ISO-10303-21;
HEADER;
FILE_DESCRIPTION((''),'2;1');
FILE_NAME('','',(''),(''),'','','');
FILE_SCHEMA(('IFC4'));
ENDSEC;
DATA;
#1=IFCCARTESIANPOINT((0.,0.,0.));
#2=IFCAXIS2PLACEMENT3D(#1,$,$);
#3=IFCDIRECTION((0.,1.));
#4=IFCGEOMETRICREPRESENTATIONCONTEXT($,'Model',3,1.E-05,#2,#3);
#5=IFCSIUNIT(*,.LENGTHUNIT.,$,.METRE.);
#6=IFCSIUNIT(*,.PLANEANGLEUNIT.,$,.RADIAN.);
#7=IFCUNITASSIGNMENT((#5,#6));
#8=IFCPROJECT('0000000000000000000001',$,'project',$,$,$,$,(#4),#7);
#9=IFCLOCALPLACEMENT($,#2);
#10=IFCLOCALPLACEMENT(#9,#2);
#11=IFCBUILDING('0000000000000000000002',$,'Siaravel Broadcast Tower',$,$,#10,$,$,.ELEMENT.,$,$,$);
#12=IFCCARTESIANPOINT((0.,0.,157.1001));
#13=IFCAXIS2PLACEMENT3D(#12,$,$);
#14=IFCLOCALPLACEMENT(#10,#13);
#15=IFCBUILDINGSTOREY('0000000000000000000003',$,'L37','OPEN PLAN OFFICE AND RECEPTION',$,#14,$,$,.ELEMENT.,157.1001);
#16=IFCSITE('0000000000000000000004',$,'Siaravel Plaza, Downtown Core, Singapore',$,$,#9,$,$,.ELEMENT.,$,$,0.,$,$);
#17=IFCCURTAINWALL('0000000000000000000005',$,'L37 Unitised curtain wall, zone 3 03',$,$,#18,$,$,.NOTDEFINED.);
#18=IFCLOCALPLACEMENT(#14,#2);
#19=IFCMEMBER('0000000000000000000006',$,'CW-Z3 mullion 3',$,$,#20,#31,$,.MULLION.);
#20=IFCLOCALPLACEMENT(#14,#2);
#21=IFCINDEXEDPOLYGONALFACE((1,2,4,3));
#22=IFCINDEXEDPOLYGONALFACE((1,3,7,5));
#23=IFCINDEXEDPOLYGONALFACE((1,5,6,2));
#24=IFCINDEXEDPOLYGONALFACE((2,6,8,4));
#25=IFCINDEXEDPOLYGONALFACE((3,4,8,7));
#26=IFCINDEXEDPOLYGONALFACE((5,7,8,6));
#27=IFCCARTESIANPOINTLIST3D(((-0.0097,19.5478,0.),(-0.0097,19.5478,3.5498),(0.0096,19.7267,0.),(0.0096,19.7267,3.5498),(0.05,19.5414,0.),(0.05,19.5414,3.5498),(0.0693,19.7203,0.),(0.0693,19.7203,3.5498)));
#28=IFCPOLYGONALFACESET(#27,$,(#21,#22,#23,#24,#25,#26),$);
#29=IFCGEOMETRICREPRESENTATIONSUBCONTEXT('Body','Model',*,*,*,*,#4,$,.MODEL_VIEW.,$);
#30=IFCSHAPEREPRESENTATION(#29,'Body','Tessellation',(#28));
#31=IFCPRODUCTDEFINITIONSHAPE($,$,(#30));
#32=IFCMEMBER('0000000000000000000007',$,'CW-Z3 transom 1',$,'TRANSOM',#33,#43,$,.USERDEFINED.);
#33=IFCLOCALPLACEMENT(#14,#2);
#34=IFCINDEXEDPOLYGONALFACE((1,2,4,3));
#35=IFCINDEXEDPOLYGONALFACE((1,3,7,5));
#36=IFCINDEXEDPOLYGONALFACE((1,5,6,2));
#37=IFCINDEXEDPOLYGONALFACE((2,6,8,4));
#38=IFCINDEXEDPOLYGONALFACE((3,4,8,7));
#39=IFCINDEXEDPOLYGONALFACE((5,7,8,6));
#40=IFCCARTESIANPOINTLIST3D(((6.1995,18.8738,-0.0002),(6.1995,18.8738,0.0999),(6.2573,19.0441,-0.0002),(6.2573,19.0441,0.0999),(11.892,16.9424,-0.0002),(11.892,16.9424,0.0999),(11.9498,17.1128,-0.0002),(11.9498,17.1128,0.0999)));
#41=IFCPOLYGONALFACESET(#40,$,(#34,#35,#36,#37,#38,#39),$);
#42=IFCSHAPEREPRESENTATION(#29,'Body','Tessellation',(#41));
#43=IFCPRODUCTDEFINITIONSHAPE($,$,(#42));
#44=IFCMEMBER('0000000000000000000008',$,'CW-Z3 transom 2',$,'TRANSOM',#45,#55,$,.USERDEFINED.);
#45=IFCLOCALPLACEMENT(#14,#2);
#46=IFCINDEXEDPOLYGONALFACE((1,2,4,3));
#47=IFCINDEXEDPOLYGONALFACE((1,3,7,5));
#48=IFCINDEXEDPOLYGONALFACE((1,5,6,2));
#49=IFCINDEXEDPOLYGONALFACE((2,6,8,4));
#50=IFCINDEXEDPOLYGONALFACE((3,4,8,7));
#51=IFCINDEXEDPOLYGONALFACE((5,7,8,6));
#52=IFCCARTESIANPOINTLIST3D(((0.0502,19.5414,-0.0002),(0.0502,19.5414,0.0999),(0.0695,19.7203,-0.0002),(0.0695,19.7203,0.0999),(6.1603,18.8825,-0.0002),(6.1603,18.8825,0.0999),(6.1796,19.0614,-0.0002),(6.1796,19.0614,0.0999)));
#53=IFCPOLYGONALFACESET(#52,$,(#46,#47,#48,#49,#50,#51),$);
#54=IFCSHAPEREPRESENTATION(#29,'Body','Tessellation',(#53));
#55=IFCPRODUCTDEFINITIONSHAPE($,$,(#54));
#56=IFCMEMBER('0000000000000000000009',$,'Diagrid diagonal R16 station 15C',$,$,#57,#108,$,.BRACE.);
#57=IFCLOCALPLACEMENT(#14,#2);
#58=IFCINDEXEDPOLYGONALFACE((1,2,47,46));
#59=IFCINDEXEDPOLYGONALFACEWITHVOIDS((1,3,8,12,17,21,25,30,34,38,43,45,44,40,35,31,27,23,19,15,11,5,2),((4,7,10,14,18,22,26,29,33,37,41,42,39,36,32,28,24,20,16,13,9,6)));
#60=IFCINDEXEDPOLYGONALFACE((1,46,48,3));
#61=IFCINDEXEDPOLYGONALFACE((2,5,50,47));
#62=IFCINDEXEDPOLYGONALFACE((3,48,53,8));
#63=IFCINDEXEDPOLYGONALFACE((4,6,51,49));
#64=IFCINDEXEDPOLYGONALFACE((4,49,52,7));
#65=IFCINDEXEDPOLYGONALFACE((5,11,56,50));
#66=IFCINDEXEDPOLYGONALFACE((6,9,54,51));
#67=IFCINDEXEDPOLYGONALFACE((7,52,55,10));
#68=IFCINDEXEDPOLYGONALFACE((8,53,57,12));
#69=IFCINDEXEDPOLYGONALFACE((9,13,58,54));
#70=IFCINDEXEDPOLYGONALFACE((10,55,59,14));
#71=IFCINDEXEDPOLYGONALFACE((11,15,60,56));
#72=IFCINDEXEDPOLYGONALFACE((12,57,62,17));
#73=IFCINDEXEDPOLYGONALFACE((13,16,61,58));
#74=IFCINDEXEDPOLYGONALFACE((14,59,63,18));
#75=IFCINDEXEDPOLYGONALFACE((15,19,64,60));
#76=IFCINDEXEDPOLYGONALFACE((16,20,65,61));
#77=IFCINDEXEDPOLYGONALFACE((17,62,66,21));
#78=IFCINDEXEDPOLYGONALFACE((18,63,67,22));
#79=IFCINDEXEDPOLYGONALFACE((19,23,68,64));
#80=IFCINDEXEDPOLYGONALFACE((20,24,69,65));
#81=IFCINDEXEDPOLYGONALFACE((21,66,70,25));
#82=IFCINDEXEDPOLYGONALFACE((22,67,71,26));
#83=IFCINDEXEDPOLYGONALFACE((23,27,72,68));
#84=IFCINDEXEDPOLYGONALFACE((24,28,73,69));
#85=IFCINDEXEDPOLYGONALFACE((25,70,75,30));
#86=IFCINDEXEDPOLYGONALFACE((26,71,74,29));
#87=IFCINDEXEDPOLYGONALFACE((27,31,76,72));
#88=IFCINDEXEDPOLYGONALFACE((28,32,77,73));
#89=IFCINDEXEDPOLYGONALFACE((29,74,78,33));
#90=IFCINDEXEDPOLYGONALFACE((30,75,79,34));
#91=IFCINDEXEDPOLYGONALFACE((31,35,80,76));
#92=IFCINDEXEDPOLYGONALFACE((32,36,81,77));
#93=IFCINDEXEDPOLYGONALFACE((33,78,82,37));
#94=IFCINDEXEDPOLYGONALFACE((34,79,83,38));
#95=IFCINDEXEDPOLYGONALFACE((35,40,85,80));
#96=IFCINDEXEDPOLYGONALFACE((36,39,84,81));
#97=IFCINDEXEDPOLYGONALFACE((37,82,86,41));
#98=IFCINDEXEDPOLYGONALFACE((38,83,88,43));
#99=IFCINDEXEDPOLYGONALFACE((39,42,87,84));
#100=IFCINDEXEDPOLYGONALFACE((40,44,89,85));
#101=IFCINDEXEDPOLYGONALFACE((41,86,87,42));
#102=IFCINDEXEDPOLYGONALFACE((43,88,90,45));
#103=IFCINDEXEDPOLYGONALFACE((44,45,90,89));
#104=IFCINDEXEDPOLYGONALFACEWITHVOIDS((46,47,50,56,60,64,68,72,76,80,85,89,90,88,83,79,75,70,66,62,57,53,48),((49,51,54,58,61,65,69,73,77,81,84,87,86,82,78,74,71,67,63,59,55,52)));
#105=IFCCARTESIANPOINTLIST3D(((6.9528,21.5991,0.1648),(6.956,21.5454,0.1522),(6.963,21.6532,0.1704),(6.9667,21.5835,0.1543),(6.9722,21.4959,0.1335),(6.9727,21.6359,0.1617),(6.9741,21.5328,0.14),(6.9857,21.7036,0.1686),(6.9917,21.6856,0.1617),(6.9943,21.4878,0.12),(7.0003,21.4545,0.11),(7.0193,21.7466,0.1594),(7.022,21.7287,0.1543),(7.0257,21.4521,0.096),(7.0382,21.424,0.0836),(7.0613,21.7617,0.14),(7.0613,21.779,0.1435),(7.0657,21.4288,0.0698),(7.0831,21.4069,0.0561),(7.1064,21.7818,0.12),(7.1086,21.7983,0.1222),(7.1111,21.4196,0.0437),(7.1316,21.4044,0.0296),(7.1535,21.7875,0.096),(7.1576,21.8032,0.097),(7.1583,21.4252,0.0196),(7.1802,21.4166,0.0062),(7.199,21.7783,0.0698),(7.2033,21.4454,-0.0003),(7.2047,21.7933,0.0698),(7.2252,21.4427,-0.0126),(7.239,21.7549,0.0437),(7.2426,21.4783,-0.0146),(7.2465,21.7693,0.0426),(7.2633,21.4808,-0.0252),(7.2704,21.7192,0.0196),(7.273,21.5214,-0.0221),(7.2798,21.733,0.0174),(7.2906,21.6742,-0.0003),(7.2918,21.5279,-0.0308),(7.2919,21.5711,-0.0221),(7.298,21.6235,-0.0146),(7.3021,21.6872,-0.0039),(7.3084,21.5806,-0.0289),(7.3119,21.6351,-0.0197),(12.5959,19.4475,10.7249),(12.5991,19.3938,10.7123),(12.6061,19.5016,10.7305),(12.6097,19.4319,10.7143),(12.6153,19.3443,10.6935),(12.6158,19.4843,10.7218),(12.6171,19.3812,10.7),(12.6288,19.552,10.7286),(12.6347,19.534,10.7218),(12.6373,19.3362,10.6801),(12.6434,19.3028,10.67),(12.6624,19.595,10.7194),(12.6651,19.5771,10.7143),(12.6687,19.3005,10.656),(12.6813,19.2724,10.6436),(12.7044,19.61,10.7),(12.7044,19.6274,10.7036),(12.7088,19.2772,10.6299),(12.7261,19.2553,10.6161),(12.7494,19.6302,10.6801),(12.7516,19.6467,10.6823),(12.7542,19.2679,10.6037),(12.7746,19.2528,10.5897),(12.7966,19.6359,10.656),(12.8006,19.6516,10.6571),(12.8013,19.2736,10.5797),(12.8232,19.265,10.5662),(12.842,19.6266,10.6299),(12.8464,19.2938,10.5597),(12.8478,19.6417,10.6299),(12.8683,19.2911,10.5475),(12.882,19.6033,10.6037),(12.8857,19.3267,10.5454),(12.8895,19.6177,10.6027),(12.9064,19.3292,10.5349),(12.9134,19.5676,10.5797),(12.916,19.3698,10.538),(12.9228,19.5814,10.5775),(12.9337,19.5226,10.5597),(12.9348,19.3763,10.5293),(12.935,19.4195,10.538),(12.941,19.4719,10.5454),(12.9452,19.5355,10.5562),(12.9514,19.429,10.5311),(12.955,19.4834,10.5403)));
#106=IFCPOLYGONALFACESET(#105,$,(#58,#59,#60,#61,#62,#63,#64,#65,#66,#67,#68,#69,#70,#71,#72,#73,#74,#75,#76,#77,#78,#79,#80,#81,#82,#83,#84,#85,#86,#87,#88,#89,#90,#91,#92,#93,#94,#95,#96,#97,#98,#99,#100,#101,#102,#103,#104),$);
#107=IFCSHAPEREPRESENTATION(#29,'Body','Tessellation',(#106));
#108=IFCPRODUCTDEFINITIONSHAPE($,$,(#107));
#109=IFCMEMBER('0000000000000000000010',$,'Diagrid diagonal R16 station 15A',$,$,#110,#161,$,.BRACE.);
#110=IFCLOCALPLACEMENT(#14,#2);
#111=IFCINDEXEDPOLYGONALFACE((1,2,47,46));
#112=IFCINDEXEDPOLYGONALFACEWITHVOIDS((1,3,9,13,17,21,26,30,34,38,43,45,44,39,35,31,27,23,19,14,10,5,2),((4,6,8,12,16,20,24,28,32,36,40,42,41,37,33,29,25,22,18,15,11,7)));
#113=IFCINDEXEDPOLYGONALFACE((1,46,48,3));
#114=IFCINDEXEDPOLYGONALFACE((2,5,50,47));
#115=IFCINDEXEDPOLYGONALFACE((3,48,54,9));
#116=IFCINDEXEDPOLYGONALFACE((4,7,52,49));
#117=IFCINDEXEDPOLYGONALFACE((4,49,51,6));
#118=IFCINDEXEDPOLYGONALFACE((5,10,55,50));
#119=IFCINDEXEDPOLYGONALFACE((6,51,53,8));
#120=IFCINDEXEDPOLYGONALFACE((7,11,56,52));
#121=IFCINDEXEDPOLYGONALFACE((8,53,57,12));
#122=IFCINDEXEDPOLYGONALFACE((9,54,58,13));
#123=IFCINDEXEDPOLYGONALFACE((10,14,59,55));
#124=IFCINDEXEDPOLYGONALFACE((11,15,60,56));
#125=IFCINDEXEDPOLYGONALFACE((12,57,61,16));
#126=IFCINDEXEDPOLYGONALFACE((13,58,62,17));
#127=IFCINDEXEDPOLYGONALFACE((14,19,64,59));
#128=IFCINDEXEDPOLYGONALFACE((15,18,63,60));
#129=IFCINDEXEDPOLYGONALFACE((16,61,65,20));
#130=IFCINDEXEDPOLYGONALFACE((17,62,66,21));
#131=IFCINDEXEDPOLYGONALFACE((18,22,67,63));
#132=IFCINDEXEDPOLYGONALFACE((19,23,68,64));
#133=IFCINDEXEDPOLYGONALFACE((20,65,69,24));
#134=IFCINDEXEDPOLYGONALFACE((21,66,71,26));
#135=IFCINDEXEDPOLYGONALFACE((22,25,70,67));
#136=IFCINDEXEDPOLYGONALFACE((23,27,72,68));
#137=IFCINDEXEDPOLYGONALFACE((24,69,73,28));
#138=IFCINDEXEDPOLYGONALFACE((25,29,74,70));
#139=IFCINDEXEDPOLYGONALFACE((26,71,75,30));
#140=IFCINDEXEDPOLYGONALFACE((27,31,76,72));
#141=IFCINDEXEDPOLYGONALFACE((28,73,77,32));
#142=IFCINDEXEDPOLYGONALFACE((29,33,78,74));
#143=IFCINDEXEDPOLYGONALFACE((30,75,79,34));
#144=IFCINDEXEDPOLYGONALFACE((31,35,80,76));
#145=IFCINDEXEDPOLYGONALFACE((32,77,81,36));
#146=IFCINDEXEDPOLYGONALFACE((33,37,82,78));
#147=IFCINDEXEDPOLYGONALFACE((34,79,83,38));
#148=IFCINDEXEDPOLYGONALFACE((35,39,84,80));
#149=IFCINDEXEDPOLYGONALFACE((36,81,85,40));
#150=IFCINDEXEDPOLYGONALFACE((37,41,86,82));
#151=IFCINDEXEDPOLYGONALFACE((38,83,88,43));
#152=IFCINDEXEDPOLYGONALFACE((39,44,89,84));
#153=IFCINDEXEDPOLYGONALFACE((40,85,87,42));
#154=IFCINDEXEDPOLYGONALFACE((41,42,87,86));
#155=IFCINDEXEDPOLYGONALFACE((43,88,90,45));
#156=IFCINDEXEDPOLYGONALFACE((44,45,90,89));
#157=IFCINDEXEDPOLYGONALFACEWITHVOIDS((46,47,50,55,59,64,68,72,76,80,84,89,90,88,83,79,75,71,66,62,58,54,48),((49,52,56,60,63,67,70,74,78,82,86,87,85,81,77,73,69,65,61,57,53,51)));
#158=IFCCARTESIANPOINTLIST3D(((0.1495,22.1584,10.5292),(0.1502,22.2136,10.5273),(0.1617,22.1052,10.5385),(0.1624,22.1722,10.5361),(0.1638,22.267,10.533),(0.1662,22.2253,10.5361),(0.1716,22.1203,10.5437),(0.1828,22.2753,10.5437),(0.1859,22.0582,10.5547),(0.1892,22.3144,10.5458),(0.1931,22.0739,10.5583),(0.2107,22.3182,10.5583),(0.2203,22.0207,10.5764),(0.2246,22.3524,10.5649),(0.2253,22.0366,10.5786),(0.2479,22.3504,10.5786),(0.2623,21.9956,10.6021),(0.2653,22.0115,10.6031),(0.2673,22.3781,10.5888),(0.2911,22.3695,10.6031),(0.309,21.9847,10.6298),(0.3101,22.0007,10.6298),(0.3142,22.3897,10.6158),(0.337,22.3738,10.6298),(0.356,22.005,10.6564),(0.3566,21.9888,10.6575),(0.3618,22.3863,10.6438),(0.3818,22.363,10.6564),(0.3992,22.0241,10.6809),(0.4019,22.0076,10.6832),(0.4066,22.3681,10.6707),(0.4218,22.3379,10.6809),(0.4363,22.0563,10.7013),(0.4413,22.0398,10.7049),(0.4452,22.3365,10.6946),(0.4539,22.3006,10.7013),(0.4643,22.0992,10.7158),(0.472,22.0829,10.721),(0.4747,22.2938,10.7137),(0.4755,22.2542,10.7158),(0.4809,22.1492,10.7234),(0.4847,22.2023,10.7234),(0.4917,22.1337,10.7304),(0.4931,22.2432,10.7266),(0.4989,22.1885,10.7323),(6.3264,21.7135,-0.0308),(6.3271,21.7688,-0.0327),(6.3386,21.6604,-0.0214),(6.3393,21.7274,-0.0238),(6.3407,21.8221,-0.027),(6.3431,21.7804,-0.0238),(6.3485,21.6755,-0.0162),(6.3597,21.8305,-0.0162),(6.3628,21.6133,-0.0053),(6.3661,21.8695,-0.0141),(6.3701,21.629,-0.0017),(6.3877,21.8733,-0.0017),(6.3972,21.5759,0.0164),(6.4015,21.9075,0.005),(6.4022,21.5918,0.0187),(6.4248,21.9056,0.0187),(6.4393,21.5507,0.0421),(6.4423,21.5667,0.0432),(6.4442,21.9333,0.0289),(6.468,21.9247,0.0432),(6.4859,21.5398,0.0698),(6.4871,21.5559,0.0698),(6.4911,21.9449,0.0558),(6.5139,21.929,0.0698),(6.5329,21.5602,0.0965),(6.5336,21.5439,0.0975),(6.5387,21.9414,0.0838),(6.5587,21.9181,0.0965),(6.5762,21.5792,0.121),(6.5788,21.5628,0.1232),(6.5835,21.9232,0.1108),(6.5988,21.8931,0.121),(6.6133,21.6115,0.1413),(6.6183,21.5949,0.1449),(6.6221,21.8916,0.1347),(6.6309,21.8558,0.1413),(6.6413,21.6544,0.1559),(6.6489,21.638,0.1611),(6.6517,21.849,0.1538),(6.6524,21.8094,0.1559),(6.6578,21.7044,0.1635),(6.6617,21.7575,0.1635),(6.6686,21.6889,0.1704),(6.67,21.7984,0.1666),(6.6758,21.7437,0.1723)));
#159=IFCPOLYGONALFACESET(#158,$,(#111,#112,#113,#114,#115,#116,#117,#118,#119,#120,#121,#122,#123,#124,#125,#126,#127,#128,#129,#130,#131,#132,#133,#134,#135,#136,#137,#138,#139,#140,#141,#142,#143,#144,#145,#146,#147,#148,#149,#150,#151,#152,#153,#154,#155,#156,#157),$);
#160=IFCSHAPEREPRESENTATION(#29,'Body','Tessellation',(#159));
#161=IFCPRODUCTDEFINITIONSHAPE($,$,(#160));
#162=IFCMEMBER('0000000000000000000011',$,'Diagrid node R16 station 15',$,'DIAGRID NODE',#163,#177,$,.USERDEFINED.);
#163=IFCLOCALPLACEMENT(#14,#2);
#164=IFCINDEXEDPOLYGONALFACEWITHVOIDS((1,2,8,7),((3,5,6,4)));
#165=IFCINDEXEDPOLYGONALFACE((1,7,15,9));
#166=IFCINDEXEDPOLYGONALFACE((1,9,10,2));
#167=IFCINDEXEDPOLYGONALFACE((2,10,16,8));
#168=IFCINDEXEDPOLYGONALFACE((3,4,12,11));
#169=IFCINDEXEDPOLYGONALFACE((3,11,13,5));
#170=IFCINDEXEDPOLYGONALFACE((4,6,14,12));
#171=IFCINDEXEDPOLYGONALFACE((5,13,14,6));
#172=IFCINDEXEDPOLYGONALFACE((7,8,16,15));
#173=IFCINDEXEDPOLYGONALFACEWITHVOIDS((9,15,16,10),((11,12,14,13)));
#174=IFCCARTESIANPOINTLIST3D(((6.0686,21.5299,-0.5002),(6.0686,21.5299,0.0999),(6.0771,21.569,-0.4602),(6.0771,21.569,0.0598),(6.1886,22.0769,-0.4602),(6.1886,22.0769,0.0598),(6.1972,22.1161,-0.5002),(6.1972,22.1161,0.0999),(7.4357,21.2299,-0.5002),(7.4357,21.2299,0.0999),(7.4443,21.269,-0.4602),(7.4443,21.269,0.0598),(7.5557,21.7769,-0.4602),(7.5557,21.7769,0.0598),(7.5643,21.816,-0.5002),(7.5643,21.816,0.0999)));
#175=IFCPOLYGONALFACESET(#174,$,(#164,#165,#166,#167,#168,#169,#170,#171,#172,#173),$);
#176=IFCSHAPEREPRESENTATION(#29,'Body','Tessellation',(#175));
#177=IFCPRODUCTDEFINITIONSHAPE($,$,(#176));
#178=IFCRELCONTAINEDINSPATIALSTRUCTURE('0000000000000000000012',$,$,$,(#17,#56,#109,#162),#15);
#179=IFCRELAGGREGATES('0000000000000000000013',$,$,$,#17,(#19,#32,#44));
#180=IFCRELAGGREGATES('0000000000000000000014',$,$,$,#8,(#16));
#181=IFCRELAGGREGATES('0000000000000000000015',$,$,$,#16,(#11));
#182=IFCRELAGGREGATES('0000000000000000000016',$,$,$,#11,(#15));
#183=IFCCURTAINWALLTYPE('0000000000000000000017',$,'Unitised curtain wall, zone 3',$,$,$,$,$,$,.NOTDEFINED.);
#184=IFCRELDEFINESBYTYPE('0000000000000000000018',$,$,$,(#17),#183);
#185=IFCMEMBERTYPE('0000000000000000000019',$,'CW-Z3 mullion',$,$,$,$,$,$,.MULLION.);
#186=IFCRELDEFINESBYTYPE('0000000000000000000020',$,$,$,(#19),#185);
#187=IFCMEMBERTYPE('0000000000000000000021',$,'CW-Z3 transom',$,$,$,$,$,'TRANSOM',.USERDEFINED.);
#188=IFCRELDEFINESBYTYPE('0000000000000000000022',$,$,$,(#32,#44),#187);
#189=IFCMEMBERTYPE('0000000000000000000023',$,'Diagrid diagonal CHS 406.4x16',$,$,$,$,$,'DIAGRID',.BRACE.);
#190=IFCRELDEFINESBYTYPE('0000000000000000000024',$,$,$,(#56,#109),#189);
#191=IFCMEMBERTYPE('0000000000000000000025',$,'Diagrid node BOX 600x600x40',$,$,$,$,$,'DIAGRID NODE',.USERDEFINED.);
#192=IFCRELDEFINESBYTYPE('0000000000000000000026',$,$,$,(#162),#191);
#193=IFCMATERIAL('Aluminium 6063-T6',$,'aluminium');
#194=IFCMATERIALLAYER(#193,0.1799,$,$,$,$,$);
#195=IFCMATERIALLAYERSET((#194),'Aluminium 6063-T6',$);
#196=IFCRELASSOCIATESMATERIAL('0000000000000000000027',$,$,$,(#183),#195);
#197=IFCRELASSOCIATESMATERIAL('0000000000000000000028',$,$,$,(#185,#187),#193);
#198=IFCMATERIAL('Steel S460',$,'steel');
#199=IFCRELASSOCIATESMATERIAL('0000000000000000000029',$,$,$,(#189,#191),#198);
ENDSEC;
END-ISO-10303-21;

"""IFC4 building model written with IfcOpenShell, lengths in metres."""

from ifc_helpers import new_model, si_unit, direction, frame, origin, origin_2d, place, context, subcontext, project, spatial, rectangle, hollow_rectangle, hollow_circle, extrude, material, layer, layer_set, material_profile, profile_set, type_object, element, aggregate, save


model = new_model("IFC4")

# Units and contexts
model_context = context("Model", 3, precision=1e-05, world=origin(), true_north=direction((0.0, 1.0)))
body_context = subcontext(model_context, "Body", "Model", "MODEL_VIEW")
ifc_project = project(units=[si_unit("LENGTHUNIT", "METRE"), si_unit("PLANEANGLEUNIT", "RADIAN")], contexts=[model_context])

# Site, building, storey
site_placement = place(None, origin())
site = spatial("IfcSite", under=ifc_project, at=site_placement, Name="Siaravel Plaza, Downtown Core, Singapore", CompositionType="ELEMENT", RefElevation=0.0)
building_placement = place(site_placement, origin())
building = spatial("IfcBuilding", under=site, at=building_placement, Name="Siaravel Broadcast Tower", CompositionType="ELEMENT")
storey_placement = place(building_placement, frame((0.0, 0.0, 157.1001)))
storey = spatial("IfcBuildingStorey", under=building, at=storey_placement, Name="L37", Description="OPEN PLAN OFFICE AND RECEPTION", CompositionType="ELEMENT", Elevation=157.1001)

# Curtain wall, members
ifc_material_1 = material(Name="Aluminium 6063-T6", Category="aluminium")
ifc_layer_1 = layer(ifc_material_1, 0.1799)
ifc_layer_set_1 = layer_set([ifc_layer_1], Name="Aluminium 6063-T6")
curtain_wall_type = type_object("IfcCurtainWallType", Name="Unitised curtain wall, zone 3", PredefinedType="NOTDEFINED", material=ifc_layer_set_1)
curtain_wall_placement = place(storey_placement, origin())
curtain_wall = element("IfcCurtainWall", 1, at=curtain_wall_placement, inside=storey, type_object=curtain_wall_type, Name="L37 Unitised curtain wall, zone 3 03", PredefinedType="NOTDEFINED")
ifc_material_profile_1 = material_profile(ifc_material_1, rectangle(XDim=0.1799, YDim=0.0601, at=origin_2d()))
ifc_profile_set_1 = profile_set([ifc_material_profile_1], Name="Aluminium 6063-T6")
member_type_1 = type_object("IfcMemberType", Name="CW-Z3 mullion", PredefinedType="MULLION", material=ifc_profile_set_1)
member_1_placement = place(storey_placement, frame((0.0298, 19.634, 0.0), z_axis=(0.0, 0.0, 1.0), x_axis=(-0.107218, -0.994236, 0.0)))
member_1 = element("IfcMember", 2, at=member_1_placement, type_object=member_type_1, Name="CW-Z3 mullion 3", PredefinedType="MULLION", context=body_context, shape_type="SweptSolid", body=[
    extrude(rectangle(XDim=0.1799, YDim=0.0601, at=origin_2d()), origin(), (0.0, 0.0, 1.0), 3.5498),
])
ifc_material_profile_2 = material_profile(ifc_material_1, rectangle(XDim=0.1799, YDim=0.1001, at=origin_2d()))
ifc_profile_set_2 = profile_set([ifc_material_profile_2], Name="Aluminium 6063-T6")
member_type_2 = type_object("IfcMemberType", Name="CW-Z3 transom", ElementType="TRANSOM", PredefinedType="USERDEFINED", material=ifc_profile_set_2)
member_2_placement = place(storey_placement, frame((11.9209, 17.0276, 0.0498), z_axis=(-0.94698, 0.321292, 0.0), x_axis=(-0.321292, -0.94698, 0.0)))
member_2 = element("IfcMember", 3, at=member_2_placement, type_object=member_type_2, Name="CW-Z3 transom 1", ObjectType="TRANSOM", PredefinedType="USERDEFINED", context=body_context, shape_type="SweptSolid", body=[
    extrude(rectangle(XDim=0.1799, YDim=0.1001, at=origin_2d()), origin(), (0.0, 0.0, 1.0), 6.0112),
])
member_3_placement = place(storey_placement, frame((6.1699, 18.9719, 0.0498), z_axis=(-0.994235, 0.107222, 0.0), x_axis=(-0.107222, -0.994235, 0.0)))
member_3 = element("IfcMember", 4, at=member_3_placement, type_object=member_type_2, Name="CW-Z3 transom 2", ObjectType="TRANSOM", PredefinedType="USERDEFINED", context=body_context, shape_type="SweptSolid", body=[
    extrude(rectangle(XDim=0.1799, YDim=0.1001, at=origin_2d()), origin(), (0.0, 0.0, 1.0), 6.1455),
])

# Members
ifc_material_2 = material(Name="Steel S460", Category="steel")
ifc_material_profile_3 = material_profile(ifc_material_2, hollow_circle(Radius=0.2031, WallThickness=0.0161, at=origin_2d()))
ifc_profile_set_3 = profile_set([ifc_material_profile_3], Name="Steel S460")
member_type_3 = type_object("IfcMemberType", Name="Diagrid diagonal CHS 406.4x16", ElementType="DIAGRID", PredefinedType="BRACE", material=ifc_profile_set_3)
member_4_placement = place(storey_placement, frame((7.1323, 21.6035, 0.0698), z_axis=(0.463875, -0.176868, 0.868065), x_axis=(0.356266, 0.934385, 0.0)))
element("IfcMember", 5, at=member_4_placement, inside=storey, type_object=member_type_3, Name="Diagrid diagonal R16 station 15C", PredefinedType="BRACE", context=body_context, shape_type="SweptSolid", body=[
    extrude(hollow_circle(Radius=0.2031, WallThickness=0.0161, at=origin_2d()), origin(), (0.0, 0.0, 1.0), 12.165),
])
member_5_placement = place(storey_placement, frame((6.5005, 21.7424, 0.0698), z_axis=(-0.504572, 0.036336, 0.862605), x_axis=(-0.071827, -0.997417, 0.0)))
element("IfcMember", 6, at=member_5_placement, inside=storey, type_object=member_type_3, Name="Diagrid diagonal R16 station 15A", PredefinedType="BRACE", context=body_context, shape_type="SweptSolid", body=[
    extrude(hollow_circle(Radius=0.2031, WallThickness=0.0161, at=origin_2d()), origin(), (0.0, 0.0, 1.0), 12.2419),
])
ifc_material_profile_4 = material_profile(ifc_material_2, hollow_rectangle(XDim=0.6001, YDim=0.6001, WallThickness=0.04, at=origin_2d()))
ifc_profile_set_4 = profile_set([ifc_material_profile_4], Name="Steel S460")
member_type_4 = type_object("IfcMemberType", Name="Diagrid node BOX 600x600x40", ElementType="DIAGRID NODE", PredefinedType="USERDEFINED", material=ifc_profile_set_4)
member_6_placement = place(storey_placement, frame((7.5, 21.5229, -0.2002), z_axis=(-0.976754, 0.214363, 0.0), x_axis=(-0.214363, -0.976754, 0.0)))
element("IfcMember", 7, at=member_6_placement, inside=storey, type_object=member_type_4, Name="Diagrid node R16 station 15", ObjectType="DIAGRID NODE", PredefinedType="USERDEFINED", context=body_context, shape_type="SweptSolid", body=[
    extrude(hollow_rectangle(XDim=0.6001, YDim=0.6001, WallThickness=0.04, at=origin_2d()), origin(), (0.0, 0.0, 1.0), 1.3997),
])

aggregate(curtain_wall, [member_1, member_2, member_3])

save(model, "model.ifc")
